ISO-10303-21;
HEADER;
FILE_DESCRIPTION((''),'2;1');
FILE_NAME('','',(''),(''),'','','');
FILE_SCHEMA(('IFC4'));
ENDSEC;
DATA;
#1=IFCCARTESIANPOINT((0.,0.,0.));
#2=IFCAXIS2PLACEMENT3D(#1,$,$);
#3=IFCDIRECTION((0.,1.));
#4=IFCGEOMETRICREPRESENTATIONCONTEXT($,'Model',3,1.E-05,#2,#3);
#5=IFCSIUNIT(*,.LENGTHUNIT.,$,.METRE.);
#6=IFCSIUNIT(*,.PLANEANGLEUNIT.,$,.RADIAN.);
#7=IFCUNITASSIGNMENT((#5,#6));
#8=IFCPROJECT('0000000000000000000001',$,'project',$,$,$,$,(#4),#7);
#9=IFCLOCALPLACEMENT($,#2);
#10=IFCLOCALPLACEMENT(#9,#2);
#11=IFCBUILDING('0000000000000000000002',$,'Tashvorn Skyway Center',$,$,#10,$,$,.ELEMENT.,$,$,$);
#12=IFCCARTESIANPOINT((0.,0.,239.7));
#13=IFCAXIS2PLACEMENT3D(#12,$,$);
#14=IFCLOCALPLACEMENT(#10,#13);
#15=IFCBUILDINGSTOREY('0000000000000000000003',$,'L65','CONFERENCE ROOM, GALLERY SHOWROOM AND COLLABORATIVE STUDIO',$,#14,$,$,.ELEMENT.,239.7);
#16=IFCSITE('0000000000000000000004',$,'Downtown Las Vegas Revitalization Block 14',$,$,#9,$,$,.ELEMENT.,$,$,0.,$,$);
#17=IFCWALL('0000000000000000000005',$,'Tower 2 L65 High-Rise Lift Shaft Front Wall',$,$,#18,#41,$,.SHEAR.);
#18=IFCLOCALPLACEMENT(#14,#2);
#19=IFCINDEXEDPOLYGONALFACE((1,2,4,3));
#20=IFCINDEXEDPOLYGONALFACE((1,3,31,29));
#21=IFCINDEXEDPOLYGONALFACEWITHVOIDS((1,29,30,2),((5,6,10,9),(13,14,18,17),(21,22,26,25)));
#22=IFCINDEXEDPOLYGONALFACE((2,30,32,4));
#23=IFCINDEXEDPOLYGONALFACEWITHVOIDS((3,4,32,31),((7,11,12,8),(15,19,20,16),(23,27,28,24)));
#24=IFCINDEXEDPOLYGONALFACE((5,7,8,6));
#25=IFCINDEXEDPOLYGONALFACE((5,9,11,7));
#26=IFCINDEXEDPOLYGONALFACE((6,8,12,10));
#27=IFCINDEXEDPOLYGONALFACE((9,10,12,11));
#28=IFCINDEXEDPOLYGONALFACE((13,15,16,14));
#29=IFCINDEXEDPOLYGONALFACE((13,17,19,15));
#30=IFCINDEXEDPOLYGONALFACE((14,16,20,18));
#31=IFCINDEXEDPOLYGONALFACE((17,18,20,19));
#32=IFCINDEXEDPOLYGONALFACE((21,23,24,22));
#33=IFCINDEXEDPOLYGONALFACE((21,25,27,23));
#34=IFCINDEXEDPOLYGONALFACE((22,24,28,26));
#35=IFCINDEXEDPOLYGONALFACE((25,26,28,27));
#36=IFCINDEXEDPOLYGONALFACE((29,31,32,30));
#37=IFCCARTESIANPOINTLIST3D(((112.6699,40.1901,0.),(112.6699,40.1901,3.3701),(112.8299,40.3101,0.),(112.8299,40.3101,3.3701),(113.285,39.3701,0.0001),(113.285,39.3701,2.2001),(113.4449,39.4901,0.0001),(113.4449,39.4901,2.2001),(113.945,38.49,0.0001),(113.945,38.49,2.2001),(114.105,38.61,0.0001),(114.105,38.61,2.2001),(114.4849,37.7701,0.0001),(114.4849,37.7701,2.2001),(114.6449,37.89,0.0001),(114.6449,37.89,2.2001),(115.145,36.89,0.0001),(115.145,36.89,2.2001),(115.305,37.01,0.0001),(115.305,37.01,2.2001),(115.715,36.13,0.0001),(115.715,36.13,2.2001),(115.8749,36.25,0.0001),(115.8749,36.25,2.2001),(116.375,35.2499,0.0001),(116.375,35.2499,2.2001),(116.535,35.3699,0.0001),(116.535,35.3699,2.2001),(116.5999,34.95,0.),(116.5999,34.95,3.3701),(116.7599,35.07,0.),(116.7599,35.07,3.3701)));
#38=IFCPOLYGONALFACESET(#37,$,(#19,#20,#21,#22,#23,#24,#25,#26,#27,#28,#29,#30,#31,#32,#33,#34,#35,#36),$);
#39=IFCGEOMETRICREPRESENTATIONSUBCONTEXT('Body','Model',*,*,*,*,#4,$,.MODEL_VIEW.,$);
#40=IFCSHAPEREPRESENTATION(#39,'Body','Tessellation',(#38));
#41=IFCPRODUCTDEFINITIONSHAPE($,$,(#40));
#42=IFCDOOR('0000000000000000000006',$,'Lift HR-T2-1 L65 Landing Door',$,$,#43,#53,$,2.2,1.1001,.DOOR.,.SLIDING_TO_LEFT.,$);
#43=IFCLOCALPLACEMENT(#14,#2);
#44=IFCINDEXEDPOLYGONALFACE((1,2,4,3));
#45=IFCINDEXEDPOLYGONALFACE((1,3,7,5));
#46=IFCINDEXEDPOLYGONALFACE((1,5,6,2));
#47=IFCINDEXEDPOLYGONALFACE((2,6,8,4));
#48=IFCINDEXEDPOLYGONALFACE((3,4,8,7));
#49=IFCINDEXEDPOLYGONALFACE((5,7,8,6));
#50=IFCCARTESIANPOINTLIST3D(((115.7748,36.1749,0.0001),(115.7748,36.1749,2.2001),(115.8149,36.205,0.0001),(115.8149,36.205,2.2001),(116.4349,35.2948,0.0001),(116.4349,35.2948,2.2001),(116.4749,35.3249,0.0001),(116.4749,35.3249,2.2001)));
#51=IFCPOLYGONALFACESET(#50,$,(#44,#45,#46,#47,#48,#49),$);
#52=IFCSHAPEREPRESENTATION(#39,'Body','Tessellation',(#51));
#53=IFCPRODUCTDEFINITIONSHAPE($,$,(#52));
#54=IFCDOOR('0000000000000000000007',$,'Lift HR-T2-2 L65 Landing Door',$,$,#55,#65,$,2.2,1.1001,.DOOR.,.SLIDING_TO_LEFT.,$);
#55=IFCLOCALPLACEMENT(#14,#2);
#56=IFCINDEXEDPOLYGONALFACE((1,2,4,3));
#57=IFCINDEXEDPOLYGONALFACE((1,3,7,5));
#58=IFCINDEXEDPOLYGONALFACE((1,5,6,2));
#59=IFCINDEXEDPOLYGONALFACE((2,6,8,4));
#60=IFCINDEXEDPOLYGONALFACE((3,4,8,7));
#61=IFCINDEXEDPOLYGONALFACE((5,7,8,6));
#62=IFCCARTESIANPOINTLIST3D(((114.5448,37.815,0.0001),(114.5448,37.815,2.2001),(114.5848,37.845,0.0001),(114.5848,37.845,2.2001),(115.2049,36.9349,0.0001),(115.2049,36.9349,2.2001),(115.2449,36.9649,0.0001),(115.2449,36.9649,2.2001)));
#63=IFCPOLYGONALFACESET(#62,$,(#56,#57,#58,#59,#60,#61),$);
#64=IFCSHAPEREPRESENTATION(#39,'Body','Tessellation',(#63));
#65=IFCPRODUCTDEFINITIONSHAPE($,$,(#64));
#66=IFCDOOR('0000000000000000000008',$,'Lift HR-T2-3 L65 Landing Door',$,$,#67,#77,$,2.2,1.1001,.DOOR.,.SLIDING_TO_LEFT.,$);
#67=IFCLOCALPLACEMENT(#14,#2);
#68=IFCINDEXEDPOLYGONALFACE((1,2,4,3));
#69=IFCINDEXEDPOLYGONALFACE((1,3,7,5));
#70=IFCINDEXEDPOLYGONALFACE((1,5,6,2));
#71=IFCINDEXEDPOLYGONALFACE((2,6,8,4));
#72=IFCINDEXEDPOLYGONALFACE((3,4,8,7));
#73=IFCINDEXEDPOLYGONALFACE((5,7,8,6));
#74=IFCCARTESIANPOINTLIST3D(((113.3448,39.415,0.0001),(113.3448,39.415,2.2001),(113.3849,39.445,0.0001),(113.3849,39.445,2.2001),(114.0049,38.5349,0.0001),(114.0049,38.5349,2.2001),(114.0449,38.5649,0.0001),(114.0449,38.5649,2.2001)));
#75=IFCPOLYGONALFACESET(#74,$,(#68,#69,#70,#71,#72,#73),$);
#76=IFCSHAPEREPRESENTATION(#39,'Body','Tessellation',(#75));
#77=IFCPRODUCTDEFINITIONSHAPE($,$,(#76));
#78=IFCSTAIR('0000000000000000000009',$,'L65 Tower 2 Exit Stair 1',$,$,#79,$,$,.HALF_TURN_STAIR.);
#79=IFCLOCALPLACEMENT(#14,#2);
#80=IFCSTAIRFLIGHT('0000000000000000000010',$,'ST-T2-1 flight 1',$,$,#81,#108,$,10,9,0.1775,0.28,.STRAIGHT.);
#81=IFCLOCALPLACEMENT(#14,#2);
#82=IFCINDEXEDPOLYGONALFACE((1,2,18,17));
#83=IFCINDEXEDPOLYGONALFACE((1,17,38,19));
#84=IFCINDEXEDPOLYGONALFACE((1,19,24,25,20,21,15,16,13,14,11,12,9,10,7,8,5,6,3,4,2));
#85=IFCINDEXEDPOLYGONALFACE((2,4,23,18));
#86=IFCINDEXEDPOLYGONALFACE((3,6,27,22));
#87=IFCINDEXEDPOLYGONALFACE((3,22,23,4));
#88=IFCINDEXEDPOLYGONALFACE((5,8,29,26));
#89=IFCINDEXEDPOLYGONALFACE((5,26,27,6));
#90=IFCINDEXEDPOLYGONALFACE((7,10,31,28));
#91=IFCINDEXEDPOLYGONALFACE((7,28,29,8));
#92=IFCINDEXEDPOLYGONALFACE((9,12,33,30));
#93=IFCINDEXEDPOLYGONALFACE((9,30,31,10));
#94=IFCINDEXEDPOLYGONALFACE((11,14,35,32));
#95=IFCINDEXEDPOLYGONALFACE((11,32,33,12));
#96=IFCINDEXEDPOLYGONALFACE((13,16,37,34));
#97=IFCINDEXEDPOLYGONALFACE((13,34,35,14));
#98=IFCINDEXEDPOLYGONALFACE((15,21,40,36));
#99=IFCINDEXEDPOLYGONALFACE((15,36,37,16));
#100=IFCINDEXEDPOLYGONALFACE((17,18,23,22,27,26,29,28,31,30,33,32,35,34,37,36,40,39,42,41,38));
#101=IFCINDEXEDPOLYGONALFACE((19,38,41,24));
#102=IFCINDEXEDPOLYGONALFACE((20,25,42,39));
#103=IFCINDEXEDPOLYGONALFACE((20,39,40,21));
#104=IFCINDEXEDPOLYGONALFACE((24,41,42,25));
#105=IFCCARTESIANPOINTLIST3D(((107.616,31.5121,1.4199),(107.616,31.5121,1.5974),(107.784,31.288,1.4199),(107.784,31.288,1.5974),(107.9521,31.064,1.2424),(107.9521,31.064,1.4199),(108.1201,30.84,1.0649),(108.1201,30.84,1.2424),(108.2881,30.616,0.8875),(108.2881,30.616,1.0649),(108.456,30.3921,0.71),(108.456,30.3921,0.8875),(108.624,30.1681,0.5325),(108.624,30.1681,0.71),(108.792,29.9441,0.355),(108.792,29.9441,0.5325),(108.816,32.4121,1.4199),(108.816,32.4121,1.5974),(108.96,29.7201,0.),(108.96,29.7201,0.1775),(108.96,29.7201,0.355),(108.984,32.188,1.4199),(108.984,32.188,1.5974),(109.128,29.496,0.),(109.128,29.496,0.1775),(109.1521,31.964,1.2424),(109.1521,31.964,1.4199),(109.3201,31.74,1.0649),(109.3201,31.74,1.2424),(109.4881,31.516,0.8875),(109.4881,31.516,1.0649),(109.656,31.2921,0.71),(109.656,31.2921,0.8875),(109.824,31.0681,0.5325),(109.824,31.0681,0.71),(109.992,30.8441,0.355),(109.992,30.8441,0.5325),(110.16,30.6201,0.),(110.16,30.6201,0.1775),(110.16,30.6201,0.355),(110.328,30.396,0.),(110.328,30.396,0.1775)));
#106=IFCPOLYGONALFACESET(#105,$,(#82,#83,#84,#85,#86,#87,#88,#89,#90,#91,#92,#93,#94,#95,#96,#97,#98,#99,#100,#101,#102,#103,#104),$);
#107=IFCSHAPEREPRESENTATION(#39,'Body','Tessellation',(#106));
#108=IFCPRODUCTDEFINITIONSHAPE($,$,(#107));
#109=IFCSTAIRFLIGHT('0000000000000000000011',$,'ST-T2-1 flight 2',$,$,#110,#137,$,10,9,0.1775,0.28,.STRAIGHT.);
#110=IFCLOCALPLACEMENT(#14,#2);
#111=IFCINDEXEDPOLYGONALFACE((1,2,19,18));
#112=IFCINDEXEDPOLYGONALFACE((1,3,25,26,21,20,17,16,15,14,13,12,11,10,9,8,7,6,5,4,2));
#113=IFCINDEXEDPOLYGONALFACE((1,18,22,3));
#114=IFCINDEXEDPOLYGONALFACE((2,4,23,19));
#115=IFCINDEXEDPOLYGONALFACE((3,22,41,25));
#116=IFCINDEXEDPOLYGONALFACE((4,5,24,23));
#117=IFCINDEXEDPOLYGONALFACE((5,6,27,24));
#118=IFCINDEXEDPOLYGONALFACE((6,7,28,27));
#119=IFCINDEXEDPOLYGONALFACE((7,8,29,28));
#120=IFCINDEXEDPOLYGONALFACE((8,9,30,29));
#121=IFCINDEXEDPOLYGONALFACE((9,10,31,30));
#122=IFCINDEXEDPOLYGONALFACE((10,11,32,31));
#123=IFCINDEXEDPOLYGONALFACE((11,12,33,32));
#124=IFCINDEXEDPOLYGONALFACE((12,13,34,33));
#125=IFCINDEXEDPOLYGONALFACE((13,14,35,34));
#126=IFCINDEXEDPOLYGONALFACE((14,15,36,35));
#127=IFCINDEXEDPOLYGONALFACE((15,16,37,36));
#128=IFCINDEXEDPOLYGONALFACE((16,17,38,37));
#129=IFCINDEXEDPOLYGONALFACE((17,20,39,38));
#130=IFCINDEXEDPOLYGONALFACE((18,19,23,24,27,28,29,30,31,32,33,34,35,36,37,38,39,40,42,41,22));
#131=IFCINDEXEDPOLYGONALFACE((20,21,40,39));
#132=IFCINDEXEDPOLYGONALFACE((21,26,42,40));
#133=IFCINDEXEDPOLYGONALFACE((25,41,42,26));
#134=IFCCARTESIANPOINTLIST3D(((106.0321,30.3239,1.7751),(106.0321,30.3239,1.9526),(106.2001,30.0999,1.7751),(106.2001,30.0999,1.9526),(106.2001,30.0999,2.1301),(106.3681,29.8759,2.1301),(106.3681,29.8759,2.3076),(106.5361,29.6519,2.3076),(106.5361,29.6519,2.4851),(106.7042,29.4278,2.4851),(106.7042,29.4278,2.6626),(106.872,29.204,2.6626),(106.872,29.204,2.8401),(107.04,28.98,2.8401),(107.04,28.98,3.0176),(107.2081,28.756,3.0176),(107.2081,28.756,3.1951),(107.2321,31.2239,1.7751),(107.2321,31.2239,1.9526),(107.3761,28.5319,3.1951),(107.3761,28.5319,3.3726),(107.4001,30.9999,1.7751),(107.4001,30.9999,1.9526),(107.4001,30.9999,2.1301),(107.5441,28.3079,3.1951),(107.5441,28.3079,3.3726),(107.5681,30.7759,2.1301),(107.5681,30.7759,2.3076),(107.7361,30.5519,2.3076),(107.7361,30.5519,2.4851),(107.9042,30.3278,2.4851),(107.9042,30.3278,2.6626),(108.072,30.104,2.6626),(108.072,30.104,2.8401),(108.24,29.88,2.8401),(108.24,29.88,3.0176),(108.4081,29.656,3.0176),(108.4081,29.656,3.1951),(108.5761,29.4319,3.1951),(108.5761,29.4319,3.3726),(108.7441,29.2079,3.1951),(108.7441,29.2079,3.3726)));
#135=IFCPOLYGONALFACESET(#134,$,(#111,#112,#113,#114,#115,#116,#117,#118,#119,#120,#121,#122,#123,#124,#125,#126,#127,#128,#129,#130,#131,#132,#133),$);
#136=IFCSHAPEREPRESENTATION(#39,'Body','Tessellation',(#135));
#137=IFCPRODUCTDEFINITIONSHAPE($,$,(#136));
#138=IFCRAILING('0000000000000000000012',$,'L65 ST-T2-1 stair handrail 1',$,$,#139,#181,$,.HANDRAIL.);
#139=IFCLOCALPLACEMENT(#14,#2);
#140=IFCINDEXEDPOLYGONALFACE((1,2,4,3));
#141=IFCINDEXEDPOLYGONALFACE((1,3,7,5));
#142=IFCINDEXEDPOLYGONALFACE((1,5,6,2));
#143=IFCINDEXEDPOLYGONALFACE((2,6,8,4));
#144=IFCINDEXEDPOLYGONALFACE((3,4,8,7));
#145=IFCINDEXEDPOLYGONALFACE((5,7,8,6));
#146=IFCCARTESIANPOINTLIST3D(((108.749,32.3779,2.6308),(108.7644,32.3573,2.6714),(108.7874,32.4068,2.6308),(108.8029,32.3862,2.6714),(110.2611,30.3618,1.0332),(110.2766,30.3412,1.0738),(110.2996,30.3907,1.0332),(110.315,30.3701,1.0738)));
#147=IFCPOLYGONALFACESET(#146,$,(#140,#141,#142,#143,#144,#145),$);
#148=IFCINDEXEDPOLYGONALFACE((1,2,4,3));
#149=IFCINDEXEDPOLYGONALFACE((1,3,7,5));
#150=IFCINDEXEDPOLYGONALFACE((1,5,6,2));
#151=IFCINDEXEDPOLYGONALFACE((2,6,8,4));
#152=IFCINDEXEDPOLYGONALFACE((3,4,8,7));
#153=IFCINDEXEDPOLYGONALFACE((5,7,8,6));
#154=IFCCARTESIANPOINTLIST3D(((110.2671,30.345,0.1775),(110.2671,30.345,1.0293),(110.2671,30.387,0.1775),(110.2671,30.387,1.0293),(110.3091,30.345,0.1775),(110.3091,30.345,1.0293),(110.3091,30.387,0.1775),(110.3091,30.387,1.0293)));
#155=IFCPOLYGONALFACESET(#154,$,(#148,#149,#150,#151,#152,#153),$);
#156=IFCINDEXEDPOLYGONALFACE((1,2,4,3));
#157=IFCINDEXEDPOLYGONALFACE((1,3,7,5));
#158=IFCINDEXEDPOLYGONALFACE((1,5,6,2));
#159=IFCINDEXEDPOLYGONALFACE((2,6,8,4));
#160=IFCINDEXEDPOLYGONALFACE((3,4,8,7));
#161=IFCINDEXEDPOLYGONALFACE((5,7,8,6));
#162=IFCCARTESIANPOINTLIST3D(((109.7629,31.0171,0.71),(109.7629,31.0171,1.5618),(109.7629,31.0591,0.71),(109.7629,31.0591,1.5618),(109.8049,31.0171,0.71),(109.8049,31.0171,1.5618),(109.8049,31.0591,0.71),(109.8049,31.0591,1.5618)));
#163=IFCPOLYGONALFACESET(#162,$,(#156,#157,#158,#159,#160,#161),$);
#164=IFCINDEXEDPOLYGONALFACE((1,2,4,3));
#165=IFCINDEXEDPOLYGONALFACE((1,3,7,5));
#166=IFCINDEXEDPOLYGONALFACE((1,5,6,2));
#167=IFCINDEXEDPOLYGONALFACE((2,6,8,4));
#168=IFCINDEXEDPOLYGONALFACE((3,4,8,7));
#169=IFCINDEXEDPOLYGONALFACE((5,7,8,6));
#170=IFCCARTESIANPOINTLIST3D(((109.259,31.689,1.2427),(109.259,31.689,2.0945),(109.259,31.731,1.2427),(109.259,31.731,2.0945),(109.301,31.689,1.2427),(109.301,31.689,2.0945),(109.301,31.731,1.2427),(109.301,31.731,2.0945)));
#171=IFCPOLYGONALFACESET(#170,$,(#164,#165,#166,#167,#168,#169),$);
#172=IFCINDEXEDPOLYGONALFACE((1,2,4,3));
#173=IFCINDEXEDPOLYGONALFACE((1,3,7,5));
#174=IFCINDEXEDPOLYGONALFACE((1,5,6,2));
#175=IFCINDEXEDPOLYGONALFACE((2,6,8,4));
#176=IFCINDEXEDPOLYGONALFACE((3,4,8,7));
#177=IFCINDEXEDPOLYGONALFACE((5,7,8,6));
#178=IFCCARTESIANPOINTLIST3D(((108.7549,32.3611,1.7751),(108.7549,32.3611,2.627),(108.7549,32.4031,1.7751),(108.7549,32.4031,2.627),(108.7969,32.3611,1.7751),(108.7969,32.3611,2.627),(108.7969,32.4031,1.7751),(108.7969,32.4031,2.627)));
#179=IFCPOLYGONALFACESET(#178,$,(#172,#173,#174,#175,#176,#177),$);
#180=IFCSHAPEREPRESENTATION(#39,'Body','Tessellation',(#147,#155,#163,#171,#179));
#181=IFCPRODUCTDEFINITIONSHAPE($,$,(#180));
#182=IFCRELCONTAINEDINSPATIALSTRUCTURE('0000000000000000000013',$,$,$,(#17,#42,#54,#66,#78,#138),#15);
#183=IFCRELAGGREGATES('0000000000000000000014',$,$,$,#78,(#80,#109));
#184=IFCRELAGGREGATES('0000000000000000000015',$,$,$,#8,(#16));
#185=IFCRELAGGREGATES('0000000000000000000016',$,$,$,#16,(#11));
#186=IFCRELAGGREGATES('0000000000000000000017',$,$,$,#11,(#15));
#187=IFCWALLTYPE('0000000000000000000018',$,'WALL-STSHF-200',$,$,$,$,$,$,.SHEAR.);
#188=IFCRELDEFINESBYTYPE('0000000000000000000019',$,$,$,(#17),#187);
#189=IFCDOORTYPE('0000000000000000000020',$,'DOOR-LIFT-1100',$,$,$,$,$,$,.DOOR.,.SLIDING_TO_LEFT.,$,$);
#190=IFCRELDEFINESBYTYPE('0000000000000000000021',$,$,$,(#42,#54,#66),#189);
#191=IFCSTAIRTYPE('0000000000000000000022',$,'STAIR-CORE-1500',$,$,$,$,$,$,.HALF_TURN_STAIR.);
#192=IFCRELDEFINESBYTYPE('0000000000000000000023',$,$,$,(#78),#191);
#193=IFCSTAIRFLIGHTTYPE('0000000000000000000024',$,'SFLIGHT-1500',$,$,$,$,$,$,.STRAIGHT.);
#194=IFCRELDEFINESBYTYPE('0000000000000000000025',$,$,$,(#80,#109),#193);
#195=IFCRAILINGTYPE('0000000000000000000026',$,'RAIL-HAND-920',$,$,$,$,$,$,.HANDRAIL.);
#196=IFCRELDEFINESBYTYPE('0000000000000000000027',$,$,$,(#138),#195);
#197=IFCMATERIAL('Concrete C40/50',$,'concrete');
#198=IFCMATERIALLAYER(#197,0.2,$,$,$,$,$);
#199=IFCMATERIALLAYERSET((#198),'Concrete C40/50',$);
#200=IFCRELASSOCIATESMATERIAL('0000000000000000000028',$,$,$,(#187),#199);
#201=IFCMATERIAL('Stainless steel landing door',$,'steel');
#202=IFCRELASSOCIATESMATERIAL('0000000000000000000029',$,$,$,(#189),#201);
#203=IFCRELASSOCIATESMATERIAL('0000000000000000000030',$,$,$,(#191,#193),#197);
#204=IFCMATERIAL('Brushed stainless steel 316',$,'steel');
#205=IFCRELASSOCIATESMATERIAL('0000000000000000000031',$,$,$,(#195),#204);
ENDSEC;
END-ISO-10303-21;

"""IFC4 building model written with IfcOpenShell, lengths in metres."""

from ifc_helpers import new_model, si_unit, direction, frame, frame_2d, origin, origin_2d, place, context, subcontext, project, spatial, polyline, rectangle, outline, extrude, material, layer, layer_set, type_object, element, fill, aggregate, save


model = new_model("IFC4")

# Units and contexts
model_context = context("Model", 3, precision=1e-05, world=origin(), true_north=direction((0.0, 1.0)))
body_context = subcontext(model_context, "Body", "Model", "MODEL_VIEW")
ifc_project = project(units=[si_unit("LENGTHUNIT", "METRE"), si_unit("PLANEANGLEUNIT", "RADIAN")], contexts=[model_context])

# Site, building, storey
site_placement = place(None, origin())
site = spatial("IfcSite", under=ifc_project, at=site_placement, Name="Downtown Las Vegas Revitalization Block 14", CompositionType="ELEMENT", RefElevation=0.0)
building_placement = place(site_placement, origin())
building = spatial("IfcBuilding", under=site, at=building_placement, Name="Tashvorn Skyway Center", CompositionType="ELEMENT")
storey_placement = place(building_placement, frame((0.0, 0.0, 239.7)))
storey = spatial("IfcBuildingStorey", under=building, at=storey_placement, Name="L65", Description="CONFERENCE ROOM, GALLERY SHOWROOM AND COLLABORATIVE STUDIO", CompositionType="ELEMENT", Elevation=239.7)

# Shared definitions
ifc_material_1 = material(Name="Concrete C40/50", Category="concrete")

# Wall, openings, doors
ifc_layer_1 = layer(ifc_material_1, 0.2)
ifc_layer_set_1 = layer_set([ifc_layer_1], Name="Concrete C40/50")
wall_type_1 = type_object("IfcWallType", Name="WALL-STSHF-200", PredefinedType="SHEAR", material=ifc_layer_set_1)
wall_1_placement = place(storey_placement, frame((112.75, 40.25, 0.0), z_axis=(0.0, 0.0, 1.0), x_axis=(0.599994, -0.800004, 0.0)))
wall_1 = element("IfcWall", 1, at=wall_1_placement, inside=storey, type_object=wall_type_1, Name="Tower 2 L65 High-Rise Lift Shaft Front Wall", PredefinedType="SHEAR", context=body_context, shape_type="SweptSolid", body=[
    extrude(rectangle(XDim=6.55, YDim=0.2, at=frame_2d((3.2749, 0.0))), origin(), (0.0, 0.0, 1.0), 3.3701),
])
opening_1_placement = place(wall_1_placement, frame((5.075, 0.0, 0.0)))
opening_1 = element("IfcOpeningElement", 2, at=opening_1_placement, cuts=wall_1, PredefinedType="OPENING", context=body_context, shape_type="SweptSolid", body=[
    extrude(rectangle(XDim=1.1001, YDim=2.2, at=frame_2d((0.55, 1.1001))), frame((0.0, 0.1099, 0.0), z_axis=(0.0, -1.0, 0.0), x_axis=(1.0, 0.0, 0.0)), (0.0, 0.0, 1.0), 0.22),
])
opening_2_placement = place(wall_1_placement, frame((3.0249, 0.0, 0.0)))
opening_2 = element("IfcOpeningElement", 3, at=opening_2_placement, cuts=wall_1, PredefinedType="OPENING", context=body_context, shape_type="SweptSolid", body=[
    extrude(rectangle(XDim=1.1001, YDim=2.2, at=frame_2d((0.55, 1.1001))), frame((0.0, 0.1099, 0.0), z_axis=(0.0, -1.0, 0.0), x_axis=(1.0, 0.0, 0.0)), (0.0, 0.0, 1.0), 0.22),
])
opening_3_placement = place(wall_1_placement, frame((1.0249, 0.0, 0.0)))
opening_3 = element("IfcOpeningElement", 4, at=opening_3_placement, cuts=wall_1, PredefinedType="OPENING", context=body_context, shape_type="SweptSolid", body=[
    extrude(rectangle(XDim=1.1001, YDim=2.2, at=frame_2d((0.55, 1.1001))), frame((0.0, 0.1099, 0.0), z_axis=(0.0, -1.0, 0.0), x_axis=(1.0, 0.0, 0.0)), (0.0, 0.0, 1.0), 0.22),
])
ifc_material_2 = material(Name="Stainless steel landing door", Category="steel")
door_type_1 = type_object("IfcDoorType", Name="DOOR-LIFT-1100", OperationType="SLIDING_TO_LEFT", PredefinedType="DOOR", material=ifc_material_2)
door_1_placement = place(opening_1_placement, origin())
door_1 = element("IfcDoor", 5, at=door_1_placement, inside=storey, type_object=door_type_1, Name="Lift HR-T2-1 L65 Landing Door", OperationType="SLIDING_TO_LEFT", OverallHeight=2.2, OverallWidth=1.1001, PredefinedType="DOOR", context=body_context, shape_type="SweptSolid", body=[
    extrude(rectangle(XDim=1.1001, YDim=2.2, at=frame_2d((0.55, 1.1001))), frame((0.0, 0.0249, 0.0), z_axis=(0.0, -1.0, 0.0), x_axis=(1.0, 0.0, 0.0)), (0.0, 0.0, 1.0), 0.05),
])
fill(opening_1, door_1)
door_2_placement = place(opening_2_placement, origin())
door_2 = element("IfcDoor", 6, at=door_2_placement, inside=storey, type_object=door_type_1, Name="Lift HR-T2-2 L65 Landing Door", OperationType="SLIDING_TO_LEFT", OverallHeight=2.2, OverallWidth=1.1001, PredefinedType="DOOR", context=body_context, shape_type="SweptSolid", body=[
    extrude(rectangle(XDim=1.1001, YDim=2.2, at=frame_2d((0.55, 1.1001))), frame((0.0, 0.0249, 0.0), z_axis=(0.0, -1.0, 0.0), x_axis=(1.0, 0.0, 0.0)), (0.0, 0.0, 1.0), 0.05),
])
fill(opening_2, door_2)
door_3_placement = place(opening_3_placement, origin())
door_3 = element("IfcDoor", 7, at=door_3_placement, inside=storey, type_object=door_type_1, Name="Lift HR-T2-3 L65 Landing Door", OperationType="SLIDING_TO_LEFT", OverallHeight=2.2, OverallWidth=1.1001, PredefinedType="DOOR", context=body_context, shape_type="SweptSolid", body=[
    extrude(rectangle(XDim=1.1001, YDim=2.2, at=frame_2d((0.55, 1.1001))), frame((0.0, 0.0249, 0.0), z_axis=(0.0, -1.0, 0.0), x_axis=(1.0, 0.0, 0.0)), (0.0, 0.0, 1.0), 0.05),
])
fill(opening_3, door_3)

# Stair, stair flights
stair_type = type_object("IfcStairType", Name="STAIR-CORE-1500", PredefinedType="HALF_TURN_STAIR", material=ifc_material_1)
stair_placement = place(storey_placement, origin())
stair = element("IfcStair", 8, at=stair_placement, inside=storey, type_object=stair_type, Name="L65 Tower 2 Exit Stair 1", PredefinedType="HALF_TURN_STAIR")
stair_flight_type = type_object("IfcStairFlightType", Name="SFLIGHT-1500", PredefinedType="STRAIGHT", material=ifc_material_1)
stair_flight_1_placement = place(storey_placement, frame((109.728, 29.946, 0.0), z_axis=(0.0, 0.0, 1.0), x_axis=(-0.6, 0.8, 0.0)))
stair_flight_1 = element("IfcStairFlight", 9, at=stair_flight_1_placement, type_object=stair_flight_type, Name="ST-T2-1 flight 1", NumberOfRisers=10, NumberOfTreads=9, PredefinedType="STRAIGHT", RiserHeight=0.1775, TreadLength=0.28, context=body_context, shape_type="SweptSolid", body=[
    extrude(outline(polyline([(0.0, 0.0), (0.0, 0.1775), (0.28, 0.1775), (0.28, 0.355), (0.5601, 0.355), (0.5601, 0.5325), (0.8401, 0.5325), (0.8401, 0.71), (1.1201, 0.71), (1.1201, 0.8875), (1.3999, 0.8875), (1.3999, 1.0649), (1.6799, 1.0649), (1.6799, 1.2424), (1.96, 1.2424), (1.96, 1.4199), (2.24, 1.4199), (2.24, 1.5974), (2.52, 1.5974), (2.52, 1.7749), (2.52, 1.4199), (0.28, 0.0), (0.0, 0.0)])), frame((0.0, 0.75, 0.0), z_axis=(0.0, -1.0, 0.0), x_axis=(1.0, 0.0, 0.0)), (0.0, 0.0, 1.0), 1.5),
])
stair_flight_2_placement = place(storey_placement, frame((106.6321, 30.7739, 1.7751), z_axis=(0.0, 0.0, 1.0), x_axis=(0.6, -0.8, 0.0)))
stair_flight_2 = element("IfcStairFlight", 10, at=stair_flight_2_placement, type_object=stair_flight_type, Name="ST-T2-1 flight 2", NumberOfRisers=10, NumberOfTreads=9, PredefinedType="STRAIGHT", RiserHeight=0.1775, TreadLength=0.28, context=body_context, shape_type="SweptSolid", body=[
    extrude(outline(polyline([(0.0, 0.0), (0.0, 0.1775), (0.28, 0.1775), (0.28, 0.355), (0.5601, 0.355), (0.5601, 0.5325), (0.8401, 0.5325), (0.8401, 0.71), (1.1201, 0.71), (1.1201, 0.8875), (1.3999, 0.8875), (1.3999, 1.0649), (1.6799, 1.0649), (1.6799, 1.2424), (1.96, 1.2424), (1.96, 1.4199), (2.24, 1.4199), (2.24, 1.5974), (2.52, 1.5974), (2.52, 1.7749), (2.52, 1.4199), (0.28, 0.0), (0.0, 0.0)])), frame((0.0, 0.75, 0.0), z_axis=(0.0, -1.0, 0.0), x_axis=(1.0, 0.0, 0.0)), (0.0, 0.0, 1.0), 1.5),
])
aggregate(stair, [stair_flight_1, stair_flight_2])

# Railing
ifc_material_3 = material(Name="Brushed stainless steel 316", Category="steel")
railing_type_1 = type_object("IfcRailingType", Name="RAIL-HAND-920", PredefinedType="HANDRAIL", material=ifc_material_3)
railing_1_placement = place(storey_placement, frame((110.2881, 30.366, 0.1775)))
element("IfcRailing", 11, at=railing_1_placement, inside=storey, type_object=railing_type_1, Name="L65 ST-T2-1 stair handrail 1", PredefinedType="HANDRAIL", context=body_context, shape_type="SweptSolid", body=[
    extrude(rectangle(XDim=0.0481, YDim=0.0481, at=origin_2d()), frame((0.0, 0.0, 0.876), z_axis=(-0.506779, 0.675651, 0.535416), x_axis=(-0.799977, -0.600031, 0.0)), (0.0, 0.0, 1.0), 2.9839),
    extrude(rectangle(XDim=0.042, YDim=0.042, at=origin_2d()), origin(), (0.0, 0.0, 1.0), 0.8518),
    extrude(rectangle(XDim=0.042, YDim=0.042, at=origin_2d()), frame((-0.5042, 0.6721, 0.5325)), (0.0, 0.0, 1.0), 0.8518),
    extrude(rectangle(XDim=0.042, YDim=0.042, at=origin_2d()), frame((-1.0081, 1.344, 1.0652)), (0.0, 0.0, 1.0), 0.8518),
    extrude(rectangle(XDim=0.042, YDim=0.042, at=origin_2d()), frame((-1.5122, 2.0161, 1.5977)), (0.0, 0.0, 1.0), 0.8518),
])

save(model, "model.ifc")
